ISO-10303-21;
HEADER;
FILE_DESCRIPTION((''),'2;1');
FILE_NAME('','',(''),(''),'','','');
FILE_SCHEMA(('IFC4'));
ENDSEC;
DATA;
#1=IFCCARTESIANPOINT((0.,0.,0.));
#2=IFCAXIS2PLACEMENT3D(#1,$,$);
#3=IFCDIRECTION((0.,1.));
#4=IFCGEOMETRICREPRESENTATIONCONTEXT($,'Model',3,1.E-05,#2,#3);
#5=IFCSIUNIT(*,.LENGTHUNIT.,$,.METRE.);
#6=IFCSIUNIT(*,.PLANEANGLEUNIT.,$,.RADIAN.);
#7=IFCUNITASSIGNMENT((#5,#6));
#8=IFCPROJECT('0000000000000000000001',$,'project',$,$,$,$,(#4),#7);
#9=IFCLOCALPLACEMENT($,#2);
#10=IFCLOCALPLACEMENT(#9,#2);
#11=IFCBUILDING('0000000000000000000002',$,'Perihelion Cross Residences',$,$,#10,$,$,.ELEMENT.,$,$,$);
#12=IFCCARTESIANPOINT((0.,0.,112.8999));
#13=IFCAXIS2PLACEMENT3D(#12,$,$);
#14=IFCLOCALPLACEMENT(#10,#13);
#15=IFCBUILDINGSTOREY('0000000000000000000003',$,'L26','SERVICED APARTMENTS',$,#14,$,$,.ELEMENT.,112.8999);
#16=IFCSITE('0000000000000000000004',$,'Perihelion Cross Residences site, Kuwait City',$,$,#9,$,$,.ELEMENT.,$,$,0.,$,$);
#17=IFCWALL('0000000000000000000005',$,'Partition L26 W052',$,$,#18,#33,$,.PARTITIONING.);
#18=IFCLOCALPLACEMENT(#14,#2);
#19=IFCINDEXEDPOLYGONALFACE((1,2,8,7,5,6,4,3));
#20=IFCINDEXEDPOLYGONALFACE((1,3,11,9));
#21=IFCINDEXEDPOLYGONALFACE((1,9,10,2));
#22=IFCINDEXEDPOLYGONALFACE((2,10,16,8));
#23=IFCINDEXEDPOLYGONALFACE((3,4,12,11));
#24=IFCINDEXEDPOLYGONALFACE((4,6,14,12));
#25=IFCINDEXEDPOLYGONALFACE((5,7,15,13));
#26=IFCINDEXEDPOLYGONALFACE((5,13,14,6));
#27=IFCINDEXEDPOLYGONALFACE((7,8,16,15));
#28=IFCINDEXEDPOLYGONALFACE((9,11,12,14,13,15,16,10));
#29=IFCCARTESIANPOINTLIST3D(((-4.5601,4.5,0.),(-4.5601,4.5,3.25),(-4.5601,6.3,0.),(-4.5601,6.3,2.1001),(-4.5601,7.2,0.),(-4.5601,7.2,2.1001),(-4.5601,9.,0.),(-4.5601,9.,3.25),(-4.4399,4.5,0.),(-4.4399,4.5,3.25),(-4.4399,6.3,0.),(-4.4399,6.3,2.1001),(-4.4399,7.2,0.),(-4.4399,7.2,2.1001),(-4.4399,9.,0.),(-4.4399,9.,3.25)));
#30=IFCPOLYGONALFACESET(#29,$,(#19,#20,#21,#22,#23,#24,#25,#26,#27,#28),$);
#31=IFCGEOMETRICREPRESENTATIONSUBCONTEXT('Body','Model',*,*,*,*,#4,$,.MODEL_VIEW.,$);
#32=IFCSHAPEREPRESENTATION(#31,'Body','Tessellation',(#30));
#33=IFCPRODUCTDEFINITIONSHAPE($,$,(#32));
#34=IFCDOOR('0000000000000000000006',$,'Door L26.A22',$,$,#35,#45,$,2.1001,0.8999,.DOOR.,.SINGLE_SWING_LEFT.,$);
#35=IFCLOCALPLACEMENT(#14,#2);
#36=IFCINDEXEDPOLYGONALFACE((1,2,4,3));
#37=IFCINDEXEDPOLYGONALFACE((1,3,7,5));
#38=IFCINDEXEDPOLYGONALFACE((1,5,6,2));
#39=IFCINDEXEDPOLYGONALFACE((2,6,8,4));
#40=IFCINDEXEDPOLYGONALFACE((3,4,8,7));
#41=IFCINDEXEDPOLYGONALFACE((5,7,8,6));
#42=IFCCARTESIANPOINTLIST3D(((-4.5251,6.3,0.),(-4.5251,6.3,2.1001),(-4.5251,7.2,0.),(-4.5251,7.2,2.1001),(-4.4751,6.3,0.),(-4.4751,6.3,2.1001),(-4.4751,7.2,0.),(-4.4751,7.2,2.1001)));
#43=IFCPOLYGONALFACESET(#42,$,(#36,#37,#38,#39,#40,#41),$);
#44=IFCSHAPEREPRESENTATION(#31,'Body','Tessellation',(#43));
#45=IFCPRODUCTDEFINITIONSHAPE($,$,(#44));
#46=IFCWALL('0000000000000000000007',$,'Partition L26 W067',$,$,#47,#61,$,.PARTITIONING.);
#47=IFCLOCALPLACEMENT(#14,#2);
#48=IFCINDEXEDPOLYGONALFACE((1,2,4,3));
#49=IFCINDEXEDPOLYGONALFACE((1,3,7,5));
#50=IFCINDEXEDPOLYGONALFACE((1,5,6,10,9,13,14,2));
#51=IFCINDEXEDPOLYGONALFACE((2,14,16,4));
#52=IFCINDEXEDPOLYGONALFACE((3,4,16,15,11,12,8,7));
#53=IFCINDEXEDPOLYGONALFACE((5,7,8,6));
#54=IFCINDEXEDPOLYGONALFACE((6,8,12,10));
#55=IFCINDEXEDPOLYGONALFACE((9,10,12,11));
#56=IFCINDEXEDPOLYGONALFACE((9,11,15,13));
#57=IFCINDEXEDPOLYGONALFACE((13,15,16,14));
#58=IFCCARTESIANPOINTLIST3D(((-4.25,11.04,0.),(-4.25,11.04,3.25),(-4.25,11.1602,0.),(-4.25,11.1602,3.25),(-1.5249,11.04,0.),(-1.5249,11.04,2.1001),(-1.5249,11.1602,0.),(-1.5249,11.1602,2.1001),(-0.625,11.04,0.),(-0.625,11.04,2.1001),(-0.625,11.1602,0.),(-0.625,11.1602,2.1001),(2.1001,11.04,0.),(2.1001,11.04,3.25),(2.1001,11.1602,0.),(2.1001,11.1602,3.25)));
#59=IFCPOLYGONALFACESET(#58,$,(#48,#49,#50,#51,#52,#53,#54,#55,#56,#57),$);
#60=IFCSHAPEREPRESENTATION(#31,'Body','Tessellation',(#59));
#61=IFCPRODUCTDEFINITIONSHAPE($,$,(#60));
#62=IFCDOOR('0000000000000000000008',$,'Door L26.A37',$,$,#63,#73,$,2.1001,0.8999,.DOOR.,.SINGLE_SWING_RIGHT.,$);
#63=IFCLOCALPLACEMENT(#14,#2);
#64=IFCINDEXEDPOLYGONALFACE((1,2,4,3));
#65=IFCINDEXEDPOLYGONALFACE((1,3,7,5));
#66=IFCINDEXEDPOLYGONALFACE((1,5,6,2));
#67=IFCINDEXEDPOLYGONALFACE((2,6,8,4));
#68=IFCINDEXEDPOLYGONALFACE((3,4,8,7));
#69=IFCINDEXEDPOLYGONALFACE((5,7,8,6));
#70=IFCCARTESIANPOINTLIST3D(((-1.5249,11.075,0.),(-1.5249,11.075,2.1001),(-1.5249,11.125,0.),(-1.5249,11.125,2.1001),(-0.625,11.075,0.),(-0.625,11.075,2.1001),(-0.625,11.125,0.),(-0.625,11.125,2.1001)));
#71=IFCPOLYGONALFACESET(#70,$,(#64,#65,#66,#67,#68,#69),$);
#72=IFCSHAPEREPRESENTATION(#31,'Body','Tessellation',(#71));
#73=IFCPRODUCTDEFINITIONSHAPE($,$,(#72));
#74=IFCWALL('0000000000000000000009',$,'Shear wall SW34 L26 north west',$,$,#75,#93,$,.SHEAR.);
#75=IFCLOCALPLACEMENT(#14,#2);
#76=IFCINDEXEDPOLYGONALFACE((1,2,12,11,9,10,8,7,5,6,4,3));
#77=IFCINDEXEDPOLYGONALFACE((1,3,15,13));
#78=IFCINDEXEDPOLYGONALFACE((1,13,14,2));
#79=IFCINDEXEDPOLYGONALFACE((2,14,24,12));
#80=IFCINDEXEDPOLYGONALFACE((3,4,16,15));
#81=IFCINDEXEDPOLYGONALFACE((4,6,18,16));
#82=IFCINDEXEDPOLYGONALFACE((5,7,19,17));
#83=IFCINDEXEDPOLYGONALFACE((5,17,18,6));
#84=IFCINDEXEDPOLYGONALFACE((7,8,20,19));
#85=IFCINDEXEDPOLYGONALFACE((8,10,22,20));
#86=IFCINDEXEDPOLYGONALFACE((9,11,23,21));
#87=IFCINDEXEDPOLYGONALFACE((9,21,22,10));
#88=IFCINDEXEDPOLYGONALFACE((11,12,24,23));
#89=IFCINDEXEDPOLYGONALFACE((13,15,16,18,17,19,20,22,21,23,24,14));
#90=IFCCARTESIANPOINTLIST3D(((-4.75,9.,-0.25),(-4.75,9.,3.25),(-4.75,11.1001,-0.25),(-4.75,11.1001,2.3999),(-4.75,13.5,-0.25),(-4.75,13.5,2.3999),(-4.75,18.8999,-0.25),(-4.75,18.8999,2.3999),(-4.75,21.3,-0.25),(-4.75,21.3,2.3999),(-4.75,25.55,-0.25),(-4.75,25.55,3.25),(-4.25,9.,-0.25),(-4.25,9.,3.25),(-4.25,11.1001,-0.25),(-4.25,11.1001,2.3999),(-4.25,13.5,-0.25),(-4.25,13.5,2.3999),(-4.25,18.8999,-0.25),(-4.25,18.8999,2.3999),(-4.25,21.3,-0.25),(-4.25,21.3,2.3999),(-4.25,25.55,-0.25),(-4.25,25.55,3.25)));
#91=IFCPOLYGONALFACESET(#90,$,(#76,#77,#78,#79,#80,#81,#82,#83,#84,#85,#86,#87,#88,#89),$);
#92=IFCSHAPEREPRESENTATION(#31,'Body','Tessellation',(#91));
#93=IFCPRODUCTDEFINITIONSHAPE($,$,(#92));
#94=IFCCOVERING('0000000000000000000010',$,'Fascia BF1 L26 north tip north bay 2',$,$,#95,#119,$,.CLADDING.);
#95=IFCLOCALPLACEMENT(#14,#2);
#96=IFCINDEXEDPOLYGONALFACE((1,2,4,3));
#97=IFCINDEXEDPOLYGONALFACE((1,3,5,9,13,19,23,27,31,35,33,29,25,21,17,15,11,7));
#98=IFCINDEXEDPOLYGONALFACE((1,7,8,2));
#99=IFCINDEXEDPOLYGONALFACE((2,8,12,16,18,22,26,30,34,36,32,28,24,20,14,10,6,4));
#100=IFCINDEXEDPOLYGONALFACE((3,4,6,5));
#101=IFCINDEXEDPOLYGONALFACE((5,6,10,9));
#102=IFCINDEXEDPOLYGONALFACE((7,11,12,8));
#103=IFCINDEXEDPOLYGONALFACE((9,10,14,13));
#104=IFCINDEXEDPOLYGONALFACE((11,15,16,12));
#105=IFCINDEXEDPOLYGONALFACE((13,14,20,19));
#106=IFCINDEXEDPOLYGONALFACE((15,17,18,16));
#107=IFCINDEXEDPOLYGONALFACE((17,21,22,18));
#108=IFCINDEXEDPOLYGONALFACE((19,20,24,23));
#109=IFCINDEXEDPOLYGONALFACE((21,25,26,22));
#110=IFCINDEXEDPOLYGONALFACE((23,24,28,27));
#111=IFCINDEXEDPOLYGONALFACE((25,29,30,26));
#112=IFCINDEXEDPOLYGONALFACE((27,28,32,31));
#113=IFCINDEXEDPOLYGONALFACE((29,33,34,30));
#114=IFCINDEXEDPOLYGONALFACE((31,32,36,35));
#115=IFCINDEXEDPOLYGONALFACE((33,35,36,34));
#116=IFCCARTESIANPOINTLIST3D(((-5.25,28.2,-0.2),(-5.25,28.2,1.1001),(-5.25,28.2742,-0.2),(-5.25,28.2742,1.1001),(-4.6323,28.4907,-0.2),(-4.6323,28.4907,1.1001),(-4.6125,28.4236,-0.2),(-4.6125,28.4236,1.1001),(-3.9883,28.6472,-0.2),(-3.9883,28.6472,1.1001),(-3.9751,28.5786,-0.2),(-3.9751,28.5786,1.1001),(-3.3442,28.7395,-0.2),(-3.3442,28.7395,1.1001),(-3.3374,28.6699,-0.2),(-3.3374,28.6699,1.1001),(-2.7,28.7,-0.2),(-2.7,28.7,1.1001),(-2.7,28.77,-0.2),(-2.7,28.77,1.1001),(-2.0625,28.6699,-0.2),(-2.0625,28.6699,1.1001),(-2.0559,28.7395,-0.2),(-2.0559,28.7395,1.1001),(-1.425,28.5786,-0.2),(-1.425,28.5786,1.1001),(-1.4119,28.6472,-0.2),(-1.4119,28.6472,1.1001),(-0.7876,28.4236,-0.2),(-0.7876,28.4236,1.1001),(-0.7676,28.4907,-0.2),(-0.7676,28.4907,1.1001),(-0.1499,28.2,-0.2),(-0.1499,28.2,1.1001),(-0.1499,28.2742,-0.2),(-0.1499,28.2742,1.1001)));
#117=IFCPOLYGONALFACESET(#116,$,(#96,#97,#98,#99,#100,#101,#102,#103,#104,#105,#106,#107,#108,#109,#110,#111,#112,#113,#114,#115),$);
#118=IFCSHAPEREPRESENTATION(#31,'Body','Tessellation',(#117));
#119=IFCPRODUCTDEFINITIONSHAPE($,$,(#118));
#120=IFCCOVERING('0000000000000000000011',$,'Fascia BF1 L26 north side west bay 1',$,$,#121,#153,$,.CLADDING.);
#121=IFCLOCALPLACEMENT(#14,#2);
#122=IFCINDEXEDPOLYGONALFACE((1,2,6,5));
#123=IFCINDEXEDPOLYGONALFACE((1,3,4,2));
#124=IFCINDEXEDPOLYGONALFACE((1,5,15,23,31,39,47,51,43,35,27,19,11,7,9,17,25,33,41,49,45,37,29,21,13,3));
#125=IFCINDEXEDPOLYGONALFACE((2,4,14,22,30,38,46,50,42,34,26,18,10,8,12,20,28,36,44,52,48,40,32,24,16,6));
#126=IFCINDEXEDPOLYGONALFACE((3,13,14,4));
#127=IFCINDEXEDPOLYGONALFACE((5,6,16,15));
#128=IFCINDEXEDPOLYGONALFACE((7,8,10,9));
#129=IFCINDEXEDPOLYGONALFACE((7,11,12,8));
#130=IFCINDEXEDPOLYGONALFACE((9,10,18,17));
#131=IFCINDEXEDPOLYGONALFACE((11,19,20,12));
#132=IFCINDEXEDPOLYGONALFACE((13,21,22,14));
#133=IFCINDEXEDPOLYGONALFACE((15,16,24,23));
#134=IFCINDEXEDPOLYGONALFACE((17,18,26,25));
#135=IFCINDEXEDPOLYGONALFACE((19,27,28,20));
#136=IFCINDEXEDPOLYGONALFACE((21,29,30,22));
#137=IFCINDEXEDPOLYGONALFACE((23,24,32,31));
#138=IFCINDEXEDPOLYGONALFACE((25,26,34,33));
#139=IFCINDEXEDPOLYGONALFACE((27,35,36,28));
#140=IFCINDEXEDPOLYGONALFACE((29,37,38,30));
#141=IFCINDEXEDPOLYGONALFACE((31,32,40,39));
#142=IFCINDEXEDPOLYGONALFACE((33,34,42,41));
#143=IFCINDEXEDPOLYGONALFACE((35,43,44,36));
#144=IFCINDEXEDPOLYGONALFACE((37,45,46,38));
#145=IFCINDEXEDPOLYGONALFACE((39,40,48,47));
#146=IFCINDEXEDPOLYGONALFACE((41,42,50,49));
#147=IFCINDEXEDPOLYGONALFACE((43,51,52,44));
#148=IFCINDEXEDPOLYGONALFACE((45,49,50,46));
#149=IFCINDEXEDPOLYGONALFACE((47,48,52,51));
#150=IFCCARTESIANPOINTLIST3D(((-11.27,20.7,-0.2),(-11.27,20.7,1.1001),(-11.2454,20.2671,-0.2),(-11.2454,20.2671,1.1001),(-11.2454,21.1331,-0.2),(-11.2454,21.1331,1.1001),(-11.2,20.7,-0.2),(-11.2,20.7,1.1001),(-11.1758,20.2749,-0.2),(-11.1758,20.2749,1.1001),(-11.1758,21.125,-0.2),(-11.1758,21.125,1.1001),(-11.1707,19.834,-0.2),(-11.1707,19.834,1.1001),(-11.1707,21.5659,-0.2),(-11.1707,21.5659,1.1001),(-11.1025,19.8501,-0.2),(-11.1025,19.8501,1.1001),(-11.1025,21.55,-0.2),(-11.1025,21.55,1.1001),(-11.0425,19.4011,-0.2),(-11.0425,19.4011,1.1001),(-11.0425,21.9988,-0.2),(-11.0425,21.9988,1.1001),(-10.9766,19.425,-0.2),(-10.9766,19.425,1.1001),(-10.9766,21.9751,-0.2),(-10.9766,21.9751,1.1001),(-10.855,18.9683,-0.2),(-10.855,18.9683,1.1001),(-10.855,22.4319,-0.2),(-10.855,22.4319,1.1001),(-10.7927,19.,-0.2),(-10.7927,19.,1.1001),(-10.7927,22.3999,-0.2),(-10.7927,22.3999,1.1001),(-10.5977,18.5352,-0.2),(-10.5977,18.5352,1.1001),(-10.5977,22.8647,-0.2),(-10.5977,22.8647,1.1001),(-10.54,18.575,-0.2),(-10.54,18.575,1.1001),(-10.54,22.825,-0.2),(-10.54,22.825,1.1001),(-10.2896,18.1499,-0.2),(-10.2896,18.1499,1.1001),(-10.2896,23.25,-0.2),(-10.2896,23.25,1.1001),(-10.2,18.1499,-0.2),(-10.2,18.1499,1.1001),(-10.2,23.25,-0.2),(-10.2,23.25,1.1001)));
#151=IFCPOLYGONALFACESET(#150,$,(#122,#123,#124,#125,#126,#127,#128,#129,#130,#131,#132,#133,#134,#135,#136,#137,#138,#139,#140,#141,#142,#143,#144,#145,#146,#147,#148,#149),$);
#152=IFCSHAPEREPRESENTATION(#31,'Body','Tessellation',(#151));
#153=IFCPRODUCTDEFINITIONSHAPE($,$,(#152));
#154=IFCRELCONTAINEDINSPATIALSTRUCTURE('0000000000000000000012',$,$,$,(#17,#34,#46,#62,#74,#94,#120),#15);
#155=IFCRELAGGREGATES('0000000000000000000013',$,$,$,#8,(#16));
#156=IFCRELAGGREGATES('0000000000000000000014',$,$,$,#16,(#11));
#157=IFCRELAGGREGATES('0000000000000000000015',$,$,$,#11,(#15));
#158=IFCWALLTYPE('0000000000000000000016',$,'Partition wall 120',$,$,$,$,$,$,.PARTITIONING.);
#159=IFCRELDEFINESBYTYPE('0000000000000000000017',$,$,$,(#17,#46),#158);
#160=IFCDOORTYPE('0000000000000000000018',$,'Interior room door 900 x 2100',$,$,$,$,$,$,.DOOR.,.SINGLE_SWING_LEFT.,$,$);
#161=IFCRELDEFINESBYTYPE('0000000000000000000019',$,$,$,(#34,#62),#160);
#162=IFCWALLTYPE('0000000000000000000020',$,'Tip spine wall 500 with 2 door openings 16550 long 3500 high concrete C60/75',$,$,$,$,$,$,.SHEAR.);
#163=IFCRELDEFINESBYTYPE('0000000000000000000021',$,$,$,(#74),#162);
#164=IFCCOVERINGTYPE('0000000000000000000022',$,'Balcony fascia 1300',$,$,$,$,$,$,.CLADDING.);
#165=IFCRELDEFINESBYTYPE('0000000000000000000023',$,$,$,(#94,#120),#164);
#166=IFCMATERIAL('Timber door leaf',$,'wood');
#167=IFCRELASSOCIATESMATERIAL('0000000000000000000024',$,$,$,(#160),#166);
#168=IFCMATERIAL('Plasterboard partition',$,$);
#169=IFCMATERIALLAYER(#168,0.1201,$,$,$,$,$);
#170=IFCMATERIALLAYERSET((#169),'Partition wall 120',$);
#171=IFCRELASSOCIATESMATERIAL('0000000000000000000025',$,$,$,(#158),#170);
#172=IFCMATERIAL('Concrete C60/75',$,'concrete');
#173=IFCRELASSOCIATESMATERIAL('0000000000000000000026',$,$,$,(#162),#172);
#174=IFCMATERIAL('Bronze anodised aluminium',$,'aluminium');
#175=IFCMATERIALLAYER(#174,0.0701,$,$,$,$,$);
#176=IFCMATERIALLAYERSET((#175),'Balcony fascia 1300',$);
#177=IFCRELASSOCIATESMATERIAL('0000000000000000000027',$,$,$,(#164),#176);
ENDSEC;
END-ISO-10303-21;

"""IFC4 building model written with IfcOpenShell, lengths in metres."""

from ifc_helpers import new_model, si_unit, direction, frame, frame_2d, origin, place, context, subcontext, project, spatial, polyline, rectangle, outline, extrude, material, layer, layer_set, material_profile, profile_set, type_object, element, fill, save


model = new_model("IFC4")

# Units and contexts
model_context = context("Model", 3, precision=1e-05, world=origin(), true_north=direction((0.0, 1.0)))
body_context = subcontext(model_context, "Body", "Model", "MODEL_VIEW")
ifc_project = project(units=[si_unit("LENGTHUNIT", "METRE"), si_unit("PLANEANGLEUNIT", "RADIAN")], contexts=[model_context])

# Site, building, storey
site_placement = place(None, origin())
site = spatial("IfcSite", under=ifc_project, at=site_placement, Name="Perihelion Cross Residences site, Kuwait City", CompositionType="ELEMENT", RefElevation=0.0)
building_placement = place(site_placement, origin())
building = spatial("IfcBuilding", under=site, at=building_placement, Name="Perihelion Cross Residences", CompositionType="ELEMENT")
storey_placement = place(building_placement, frame((0.0, 0.0, 112.8999)))
storey = spatial("IfcBuildingStorey", under=building, at=storey_placement, Name="L26", Description="SERVICED APARTMENTS", CompositionType="ELEMENT", Elevation=112.8999)

# Shared definitions
ifc_material_1 = material(Name="Timber door leaf", Category="wood")
door_type_1 = type_object("IfcDoorType", Name="Interior room door 900 x 2100", OperationType="SINGLE_SWING_LEFT", PredefinedType="DOOR", material=ifc_material_1)

# Shared definitions
ifc_material_2 = material(Name="Plasterboard partition")
ifc_layer_1 = layer(ifc_material_2, 0.1201)
ifc_layer_set_1 = layer_set([ifc_layer_1], Name="Partition wall 120")
wall_type_1 = type_object("IfcWallType", Name="Partition wall 120", PredefinedType="PARTITIONING", material=ifc_layer_set_1)

# Walls, openings, doors
wall_1_placement = place(storey_placement, frame((-4.5, 9.0, 0.0), z_axis=(0.0, 0.0, 1.0), x_axis=(0.0, -1.0, 0.0)))
wall_1 = element("IfcWall", 1, at=wall_1_placement, inside=storey, type_object=wall_type_1, Name="Partition L26 W052", PredefinedType="PARTITIONING", context=body_context, shape_type="SweptSolid", body=[
    extrude(rectangle(XDim=4.5, YDim=0.1201, at=frame_2d((2.25, 0.0))), origin(), (0.0, 0.0, 1.0), 3.25),
])
opening_1_placement = place(wall_1_placement, frame((1.8, 0.0, 0.0)))
opening_1 = element("IfcOpeningElement", 2, at=opening_1_placement, cuts=wall_1, PredefinedType="OPENING", context=body_context, shape_type="SweptSolid", body=[
    extrude(rectangle(XDim=0.8999, YDim=2.1001, at=frame_2d((0.45, 1.05))), frame((0.0, 0.0701, 0.0), z_axis=(0.0, -1.0, 0.0), x_axis=(1.0, 0.0, 0.0)), (0.0, 0.0, 1.0), 0.1401),
])
door_1_placement = place(opening_1_placement, origin())
door_1 = element("IfcDoor", 3, at=door_1_placement, inside=storey, type_object=door_type_1, Name="Door L26.A22", OperationType="SINGLE_SWING_LEFT", OverallHeight=2.1001, OverallWidth=0.8999, PredefinedType="DOOR", context=body_context, shape_type="SweptSolid", body=[
    extrude(rectangle(XDim=0.8999, YDim=2.1001, at=frame_2d((0.45, 1.05))), frame((0.0, 0.0249, 0.0), z_axis=(0.0, -1.0, 0.0), x_axis=(1.0, 0.0, 0.0)), (0.0, 0.0, 1.0), 0.05),
])
fill(opening_1, door_1)
wall_2_placement = place(storey_placement, frame((-4.25, 11.1001, 0.0), z_axis=(0.0, 0.0, 1.0), x_axis=(1.0, 0.0, 0.0)))
wall_2 = element("IfcWall", 4, at=wall_2_placement, inside=storey, type_object=wall_type_1, Name="Partition L26 W067", PredefinedType="PARTITIONING", context=body_context, shape_type="SweptSolid", body=[
    extrude(rectangle(XDim=6.3501, YDim=0.1201, at=frame_2d((3.175, 0.0))), origin(), (0.0, 0.0, 1.0), 3.25),
])
opening_2_placement = place(wall_2_placement, frame((2.7251, 0.0, 0.0)))
opening_2 = element("IfcOpeningElement", 5, at=opening_2_placement, cuts=wall_2, PredefinedType="OPENING", context=body_context, shape_type="SweptSolid", body=[
    extrude(rectangle(XDim=0.8999, YDim=2.1001, at=frame_2d((0.45, 1.05))), frame((0.0, 0.0701, 0.0), z_axis=(0.0, -1.0, 0.0), x_axis=(1.0, 0.0, 0.0)), (0.0, 0.0, 1.0), 0.1401),
])
door_2_placement = place(opening_2_placement, origin())
door_2 = element("IfcDoor", 6, at=door_2_placement, inside=storey, type_object=door_type_1, Name="Door L26.A37", OperationType="SINGLE_SWING_RIGHT", OverallHeight=2.1001, OverallWidth=0.8999, PredefinedType="DOOR", context=body_context, shape_type="SweptSolid", body=[
    extrude(rectangle(XDim=0.8999, YDim=2.1001, at=frame_2d((0.45, 1.05))), frame((0.0, 0.0249, 0.0), z_axis=(0.0, -1.0, 0.0), x_axis=(1.0, 0.0, 0.0)), (0.0, 0.0, 1.0), 0.05),
])
fill(opening_2, door_2)

# Wall
ifc_material_3 = material(Name="Concrete C60/75", Category="concrete")
ifc_material_profile_1 = material_profile(ifc_material_3, outline(polyline([(0.0, 0.0), (2.1001, 0.0), (2.1001, 2.6499), (4.5, 2.6499), (4.5, 0.0), (9.8999, 0.0), (9.8999, 2.6499), (12.3, 2.6499), (12.3, 0.0), (16.55, 0.0), (16.55, 3.5), (0.0, 3.5), (0.0, 0.0)])), Name="Tip spine wall")
ifc_profile_set_1 = profile_set([ifc_material_profile_1], Name="Concrete C60/75")
wall_type_2 = type_object("IfcWallType", Name="Tip spine wall 500 with 2 door openings 16550 long 3500 high concrete C60/75", PredefinedType="SHEAR", material=ifc_profile_set_1)
wall_3_placement = place(storey_placement, frame((-4.75, 9.0, -0.25), z_axis=(1.0, 0.0, 0.0), x_axis=(0.0, 1.0, 0.0)))
element("IfcWall", 7, at=wall_3_placement, inside=storey, type_object=wall_type_2, Name="Shear wall SW34 L26 north west", PredefinedType="SHEAR", context=body_context, shape_type="SweptSolid", body=[
    extrude(outline(polyline([(0.0, 0.0), (2.1001, 0.0), (2.1001, 2.6499), (4.5, 2.6499), (4.5, 0.0), (9.8999, 0.0), (9.8999, 2.6499), (12.3, 2.6499), (12.3, 0.0), (16.55, 0.0), (16.55, 3.5), (0.0, 3.5), (0.0, 0.0)])), origin(), (0.0, 0.0, 1.0), 0.5),
])

# Coverings
ifc_material_4 = material(Name="Bronze anodised aluminium", Category="aluminium")
ifc_layer_2 = layer(ifc_material_4, 0.0701)
ifc_layer_set_2 = layer_set([ifc_layer_2], Name="Balcony fascia 1300")
covering_type = type_object("IfcCoveringType", Name="Balcony fascia 1300", PredefinedType="CLADDING", material=ifc_layer_set_2)
covering_1_placement = place(storey_placement, frame((0.0, 0.0, -0.2)))
element("IfcCovering", 8, at=covering_1_placement, inside=storey, type_object=covering_type, Name="Fascia BF1 L26 north tip north bay 2", PredefinedType="CLADDING", context=body_context, shape_type="SweptSolid", body=[
    extrude(outline(polyline([(-0.7676, 28.4907), (-1.4119, 28.6472), (-2.0559, 28.7395), (-2.7, 28.77), (-3.3442, 28.7395), (-3.9883, 28.6472), (-4.6323, 28.4907), (-5.25, 28.2742), (-5.25, 28.2), (-4.6125, 28.4236), (-3.9751, 28.5786), (-3.3374, 28.6699), (-2.7, 28.7), (-2.0625, 28.6699), (-1.425, 28.5786), (-0.7876, 28.4236), (-0.1499, 28.2), (-0.1499, 28.2742), (-0.7676, 28.4907)])), origin(), (0.0, 0.0, 1.0), 1.3),
])
covering_2_placement = place(storey_placement, frame((0.0, 0.0, -0.2)))
element("IfcCovering", 9, at=covering_2_placement, inside=storey, type_object=covering_type, Name="Fascia BF1 L26 north side west bay 1", PredefinedType="CLADDING", context=body_context, shape_type="SweptSolid", body=[
    extrude(outline(polyline([(-10.5977, 22.8647), (-10.855, 22.4319), (-11.0425, 21.9988), (-11.1707, 21.5659), (-11.2454, 21.1331), (-11.27, 20.7), (-11.2454, 20.2671), (-11.1707, 19.834), (-11.0425, 19.4011), (-10.855, 18.9683), (-10.5977, 18.5352), (-10.2896, 18.1499), (-10.2, 18.1499), (-10.54, 18.575), (-10.7927, 19.0), (-10.9766, 19.425), (-11.1025, 19.8501), (-11.1758, 20.2749), (-11.2, 20.7), (-11.1758, 21.125), (-11.1025, 21.55), (-10.9766, 21.9751), (-10.7927, 22.3999), (-10.54, 22.825), (-10.2, 23.25), (-10.2896, 23.25), (-10.5977, 22.8647)])), origin(), (0.0, 0.0, 1.0), 1.3),
])

save(model, "model.ifc")
